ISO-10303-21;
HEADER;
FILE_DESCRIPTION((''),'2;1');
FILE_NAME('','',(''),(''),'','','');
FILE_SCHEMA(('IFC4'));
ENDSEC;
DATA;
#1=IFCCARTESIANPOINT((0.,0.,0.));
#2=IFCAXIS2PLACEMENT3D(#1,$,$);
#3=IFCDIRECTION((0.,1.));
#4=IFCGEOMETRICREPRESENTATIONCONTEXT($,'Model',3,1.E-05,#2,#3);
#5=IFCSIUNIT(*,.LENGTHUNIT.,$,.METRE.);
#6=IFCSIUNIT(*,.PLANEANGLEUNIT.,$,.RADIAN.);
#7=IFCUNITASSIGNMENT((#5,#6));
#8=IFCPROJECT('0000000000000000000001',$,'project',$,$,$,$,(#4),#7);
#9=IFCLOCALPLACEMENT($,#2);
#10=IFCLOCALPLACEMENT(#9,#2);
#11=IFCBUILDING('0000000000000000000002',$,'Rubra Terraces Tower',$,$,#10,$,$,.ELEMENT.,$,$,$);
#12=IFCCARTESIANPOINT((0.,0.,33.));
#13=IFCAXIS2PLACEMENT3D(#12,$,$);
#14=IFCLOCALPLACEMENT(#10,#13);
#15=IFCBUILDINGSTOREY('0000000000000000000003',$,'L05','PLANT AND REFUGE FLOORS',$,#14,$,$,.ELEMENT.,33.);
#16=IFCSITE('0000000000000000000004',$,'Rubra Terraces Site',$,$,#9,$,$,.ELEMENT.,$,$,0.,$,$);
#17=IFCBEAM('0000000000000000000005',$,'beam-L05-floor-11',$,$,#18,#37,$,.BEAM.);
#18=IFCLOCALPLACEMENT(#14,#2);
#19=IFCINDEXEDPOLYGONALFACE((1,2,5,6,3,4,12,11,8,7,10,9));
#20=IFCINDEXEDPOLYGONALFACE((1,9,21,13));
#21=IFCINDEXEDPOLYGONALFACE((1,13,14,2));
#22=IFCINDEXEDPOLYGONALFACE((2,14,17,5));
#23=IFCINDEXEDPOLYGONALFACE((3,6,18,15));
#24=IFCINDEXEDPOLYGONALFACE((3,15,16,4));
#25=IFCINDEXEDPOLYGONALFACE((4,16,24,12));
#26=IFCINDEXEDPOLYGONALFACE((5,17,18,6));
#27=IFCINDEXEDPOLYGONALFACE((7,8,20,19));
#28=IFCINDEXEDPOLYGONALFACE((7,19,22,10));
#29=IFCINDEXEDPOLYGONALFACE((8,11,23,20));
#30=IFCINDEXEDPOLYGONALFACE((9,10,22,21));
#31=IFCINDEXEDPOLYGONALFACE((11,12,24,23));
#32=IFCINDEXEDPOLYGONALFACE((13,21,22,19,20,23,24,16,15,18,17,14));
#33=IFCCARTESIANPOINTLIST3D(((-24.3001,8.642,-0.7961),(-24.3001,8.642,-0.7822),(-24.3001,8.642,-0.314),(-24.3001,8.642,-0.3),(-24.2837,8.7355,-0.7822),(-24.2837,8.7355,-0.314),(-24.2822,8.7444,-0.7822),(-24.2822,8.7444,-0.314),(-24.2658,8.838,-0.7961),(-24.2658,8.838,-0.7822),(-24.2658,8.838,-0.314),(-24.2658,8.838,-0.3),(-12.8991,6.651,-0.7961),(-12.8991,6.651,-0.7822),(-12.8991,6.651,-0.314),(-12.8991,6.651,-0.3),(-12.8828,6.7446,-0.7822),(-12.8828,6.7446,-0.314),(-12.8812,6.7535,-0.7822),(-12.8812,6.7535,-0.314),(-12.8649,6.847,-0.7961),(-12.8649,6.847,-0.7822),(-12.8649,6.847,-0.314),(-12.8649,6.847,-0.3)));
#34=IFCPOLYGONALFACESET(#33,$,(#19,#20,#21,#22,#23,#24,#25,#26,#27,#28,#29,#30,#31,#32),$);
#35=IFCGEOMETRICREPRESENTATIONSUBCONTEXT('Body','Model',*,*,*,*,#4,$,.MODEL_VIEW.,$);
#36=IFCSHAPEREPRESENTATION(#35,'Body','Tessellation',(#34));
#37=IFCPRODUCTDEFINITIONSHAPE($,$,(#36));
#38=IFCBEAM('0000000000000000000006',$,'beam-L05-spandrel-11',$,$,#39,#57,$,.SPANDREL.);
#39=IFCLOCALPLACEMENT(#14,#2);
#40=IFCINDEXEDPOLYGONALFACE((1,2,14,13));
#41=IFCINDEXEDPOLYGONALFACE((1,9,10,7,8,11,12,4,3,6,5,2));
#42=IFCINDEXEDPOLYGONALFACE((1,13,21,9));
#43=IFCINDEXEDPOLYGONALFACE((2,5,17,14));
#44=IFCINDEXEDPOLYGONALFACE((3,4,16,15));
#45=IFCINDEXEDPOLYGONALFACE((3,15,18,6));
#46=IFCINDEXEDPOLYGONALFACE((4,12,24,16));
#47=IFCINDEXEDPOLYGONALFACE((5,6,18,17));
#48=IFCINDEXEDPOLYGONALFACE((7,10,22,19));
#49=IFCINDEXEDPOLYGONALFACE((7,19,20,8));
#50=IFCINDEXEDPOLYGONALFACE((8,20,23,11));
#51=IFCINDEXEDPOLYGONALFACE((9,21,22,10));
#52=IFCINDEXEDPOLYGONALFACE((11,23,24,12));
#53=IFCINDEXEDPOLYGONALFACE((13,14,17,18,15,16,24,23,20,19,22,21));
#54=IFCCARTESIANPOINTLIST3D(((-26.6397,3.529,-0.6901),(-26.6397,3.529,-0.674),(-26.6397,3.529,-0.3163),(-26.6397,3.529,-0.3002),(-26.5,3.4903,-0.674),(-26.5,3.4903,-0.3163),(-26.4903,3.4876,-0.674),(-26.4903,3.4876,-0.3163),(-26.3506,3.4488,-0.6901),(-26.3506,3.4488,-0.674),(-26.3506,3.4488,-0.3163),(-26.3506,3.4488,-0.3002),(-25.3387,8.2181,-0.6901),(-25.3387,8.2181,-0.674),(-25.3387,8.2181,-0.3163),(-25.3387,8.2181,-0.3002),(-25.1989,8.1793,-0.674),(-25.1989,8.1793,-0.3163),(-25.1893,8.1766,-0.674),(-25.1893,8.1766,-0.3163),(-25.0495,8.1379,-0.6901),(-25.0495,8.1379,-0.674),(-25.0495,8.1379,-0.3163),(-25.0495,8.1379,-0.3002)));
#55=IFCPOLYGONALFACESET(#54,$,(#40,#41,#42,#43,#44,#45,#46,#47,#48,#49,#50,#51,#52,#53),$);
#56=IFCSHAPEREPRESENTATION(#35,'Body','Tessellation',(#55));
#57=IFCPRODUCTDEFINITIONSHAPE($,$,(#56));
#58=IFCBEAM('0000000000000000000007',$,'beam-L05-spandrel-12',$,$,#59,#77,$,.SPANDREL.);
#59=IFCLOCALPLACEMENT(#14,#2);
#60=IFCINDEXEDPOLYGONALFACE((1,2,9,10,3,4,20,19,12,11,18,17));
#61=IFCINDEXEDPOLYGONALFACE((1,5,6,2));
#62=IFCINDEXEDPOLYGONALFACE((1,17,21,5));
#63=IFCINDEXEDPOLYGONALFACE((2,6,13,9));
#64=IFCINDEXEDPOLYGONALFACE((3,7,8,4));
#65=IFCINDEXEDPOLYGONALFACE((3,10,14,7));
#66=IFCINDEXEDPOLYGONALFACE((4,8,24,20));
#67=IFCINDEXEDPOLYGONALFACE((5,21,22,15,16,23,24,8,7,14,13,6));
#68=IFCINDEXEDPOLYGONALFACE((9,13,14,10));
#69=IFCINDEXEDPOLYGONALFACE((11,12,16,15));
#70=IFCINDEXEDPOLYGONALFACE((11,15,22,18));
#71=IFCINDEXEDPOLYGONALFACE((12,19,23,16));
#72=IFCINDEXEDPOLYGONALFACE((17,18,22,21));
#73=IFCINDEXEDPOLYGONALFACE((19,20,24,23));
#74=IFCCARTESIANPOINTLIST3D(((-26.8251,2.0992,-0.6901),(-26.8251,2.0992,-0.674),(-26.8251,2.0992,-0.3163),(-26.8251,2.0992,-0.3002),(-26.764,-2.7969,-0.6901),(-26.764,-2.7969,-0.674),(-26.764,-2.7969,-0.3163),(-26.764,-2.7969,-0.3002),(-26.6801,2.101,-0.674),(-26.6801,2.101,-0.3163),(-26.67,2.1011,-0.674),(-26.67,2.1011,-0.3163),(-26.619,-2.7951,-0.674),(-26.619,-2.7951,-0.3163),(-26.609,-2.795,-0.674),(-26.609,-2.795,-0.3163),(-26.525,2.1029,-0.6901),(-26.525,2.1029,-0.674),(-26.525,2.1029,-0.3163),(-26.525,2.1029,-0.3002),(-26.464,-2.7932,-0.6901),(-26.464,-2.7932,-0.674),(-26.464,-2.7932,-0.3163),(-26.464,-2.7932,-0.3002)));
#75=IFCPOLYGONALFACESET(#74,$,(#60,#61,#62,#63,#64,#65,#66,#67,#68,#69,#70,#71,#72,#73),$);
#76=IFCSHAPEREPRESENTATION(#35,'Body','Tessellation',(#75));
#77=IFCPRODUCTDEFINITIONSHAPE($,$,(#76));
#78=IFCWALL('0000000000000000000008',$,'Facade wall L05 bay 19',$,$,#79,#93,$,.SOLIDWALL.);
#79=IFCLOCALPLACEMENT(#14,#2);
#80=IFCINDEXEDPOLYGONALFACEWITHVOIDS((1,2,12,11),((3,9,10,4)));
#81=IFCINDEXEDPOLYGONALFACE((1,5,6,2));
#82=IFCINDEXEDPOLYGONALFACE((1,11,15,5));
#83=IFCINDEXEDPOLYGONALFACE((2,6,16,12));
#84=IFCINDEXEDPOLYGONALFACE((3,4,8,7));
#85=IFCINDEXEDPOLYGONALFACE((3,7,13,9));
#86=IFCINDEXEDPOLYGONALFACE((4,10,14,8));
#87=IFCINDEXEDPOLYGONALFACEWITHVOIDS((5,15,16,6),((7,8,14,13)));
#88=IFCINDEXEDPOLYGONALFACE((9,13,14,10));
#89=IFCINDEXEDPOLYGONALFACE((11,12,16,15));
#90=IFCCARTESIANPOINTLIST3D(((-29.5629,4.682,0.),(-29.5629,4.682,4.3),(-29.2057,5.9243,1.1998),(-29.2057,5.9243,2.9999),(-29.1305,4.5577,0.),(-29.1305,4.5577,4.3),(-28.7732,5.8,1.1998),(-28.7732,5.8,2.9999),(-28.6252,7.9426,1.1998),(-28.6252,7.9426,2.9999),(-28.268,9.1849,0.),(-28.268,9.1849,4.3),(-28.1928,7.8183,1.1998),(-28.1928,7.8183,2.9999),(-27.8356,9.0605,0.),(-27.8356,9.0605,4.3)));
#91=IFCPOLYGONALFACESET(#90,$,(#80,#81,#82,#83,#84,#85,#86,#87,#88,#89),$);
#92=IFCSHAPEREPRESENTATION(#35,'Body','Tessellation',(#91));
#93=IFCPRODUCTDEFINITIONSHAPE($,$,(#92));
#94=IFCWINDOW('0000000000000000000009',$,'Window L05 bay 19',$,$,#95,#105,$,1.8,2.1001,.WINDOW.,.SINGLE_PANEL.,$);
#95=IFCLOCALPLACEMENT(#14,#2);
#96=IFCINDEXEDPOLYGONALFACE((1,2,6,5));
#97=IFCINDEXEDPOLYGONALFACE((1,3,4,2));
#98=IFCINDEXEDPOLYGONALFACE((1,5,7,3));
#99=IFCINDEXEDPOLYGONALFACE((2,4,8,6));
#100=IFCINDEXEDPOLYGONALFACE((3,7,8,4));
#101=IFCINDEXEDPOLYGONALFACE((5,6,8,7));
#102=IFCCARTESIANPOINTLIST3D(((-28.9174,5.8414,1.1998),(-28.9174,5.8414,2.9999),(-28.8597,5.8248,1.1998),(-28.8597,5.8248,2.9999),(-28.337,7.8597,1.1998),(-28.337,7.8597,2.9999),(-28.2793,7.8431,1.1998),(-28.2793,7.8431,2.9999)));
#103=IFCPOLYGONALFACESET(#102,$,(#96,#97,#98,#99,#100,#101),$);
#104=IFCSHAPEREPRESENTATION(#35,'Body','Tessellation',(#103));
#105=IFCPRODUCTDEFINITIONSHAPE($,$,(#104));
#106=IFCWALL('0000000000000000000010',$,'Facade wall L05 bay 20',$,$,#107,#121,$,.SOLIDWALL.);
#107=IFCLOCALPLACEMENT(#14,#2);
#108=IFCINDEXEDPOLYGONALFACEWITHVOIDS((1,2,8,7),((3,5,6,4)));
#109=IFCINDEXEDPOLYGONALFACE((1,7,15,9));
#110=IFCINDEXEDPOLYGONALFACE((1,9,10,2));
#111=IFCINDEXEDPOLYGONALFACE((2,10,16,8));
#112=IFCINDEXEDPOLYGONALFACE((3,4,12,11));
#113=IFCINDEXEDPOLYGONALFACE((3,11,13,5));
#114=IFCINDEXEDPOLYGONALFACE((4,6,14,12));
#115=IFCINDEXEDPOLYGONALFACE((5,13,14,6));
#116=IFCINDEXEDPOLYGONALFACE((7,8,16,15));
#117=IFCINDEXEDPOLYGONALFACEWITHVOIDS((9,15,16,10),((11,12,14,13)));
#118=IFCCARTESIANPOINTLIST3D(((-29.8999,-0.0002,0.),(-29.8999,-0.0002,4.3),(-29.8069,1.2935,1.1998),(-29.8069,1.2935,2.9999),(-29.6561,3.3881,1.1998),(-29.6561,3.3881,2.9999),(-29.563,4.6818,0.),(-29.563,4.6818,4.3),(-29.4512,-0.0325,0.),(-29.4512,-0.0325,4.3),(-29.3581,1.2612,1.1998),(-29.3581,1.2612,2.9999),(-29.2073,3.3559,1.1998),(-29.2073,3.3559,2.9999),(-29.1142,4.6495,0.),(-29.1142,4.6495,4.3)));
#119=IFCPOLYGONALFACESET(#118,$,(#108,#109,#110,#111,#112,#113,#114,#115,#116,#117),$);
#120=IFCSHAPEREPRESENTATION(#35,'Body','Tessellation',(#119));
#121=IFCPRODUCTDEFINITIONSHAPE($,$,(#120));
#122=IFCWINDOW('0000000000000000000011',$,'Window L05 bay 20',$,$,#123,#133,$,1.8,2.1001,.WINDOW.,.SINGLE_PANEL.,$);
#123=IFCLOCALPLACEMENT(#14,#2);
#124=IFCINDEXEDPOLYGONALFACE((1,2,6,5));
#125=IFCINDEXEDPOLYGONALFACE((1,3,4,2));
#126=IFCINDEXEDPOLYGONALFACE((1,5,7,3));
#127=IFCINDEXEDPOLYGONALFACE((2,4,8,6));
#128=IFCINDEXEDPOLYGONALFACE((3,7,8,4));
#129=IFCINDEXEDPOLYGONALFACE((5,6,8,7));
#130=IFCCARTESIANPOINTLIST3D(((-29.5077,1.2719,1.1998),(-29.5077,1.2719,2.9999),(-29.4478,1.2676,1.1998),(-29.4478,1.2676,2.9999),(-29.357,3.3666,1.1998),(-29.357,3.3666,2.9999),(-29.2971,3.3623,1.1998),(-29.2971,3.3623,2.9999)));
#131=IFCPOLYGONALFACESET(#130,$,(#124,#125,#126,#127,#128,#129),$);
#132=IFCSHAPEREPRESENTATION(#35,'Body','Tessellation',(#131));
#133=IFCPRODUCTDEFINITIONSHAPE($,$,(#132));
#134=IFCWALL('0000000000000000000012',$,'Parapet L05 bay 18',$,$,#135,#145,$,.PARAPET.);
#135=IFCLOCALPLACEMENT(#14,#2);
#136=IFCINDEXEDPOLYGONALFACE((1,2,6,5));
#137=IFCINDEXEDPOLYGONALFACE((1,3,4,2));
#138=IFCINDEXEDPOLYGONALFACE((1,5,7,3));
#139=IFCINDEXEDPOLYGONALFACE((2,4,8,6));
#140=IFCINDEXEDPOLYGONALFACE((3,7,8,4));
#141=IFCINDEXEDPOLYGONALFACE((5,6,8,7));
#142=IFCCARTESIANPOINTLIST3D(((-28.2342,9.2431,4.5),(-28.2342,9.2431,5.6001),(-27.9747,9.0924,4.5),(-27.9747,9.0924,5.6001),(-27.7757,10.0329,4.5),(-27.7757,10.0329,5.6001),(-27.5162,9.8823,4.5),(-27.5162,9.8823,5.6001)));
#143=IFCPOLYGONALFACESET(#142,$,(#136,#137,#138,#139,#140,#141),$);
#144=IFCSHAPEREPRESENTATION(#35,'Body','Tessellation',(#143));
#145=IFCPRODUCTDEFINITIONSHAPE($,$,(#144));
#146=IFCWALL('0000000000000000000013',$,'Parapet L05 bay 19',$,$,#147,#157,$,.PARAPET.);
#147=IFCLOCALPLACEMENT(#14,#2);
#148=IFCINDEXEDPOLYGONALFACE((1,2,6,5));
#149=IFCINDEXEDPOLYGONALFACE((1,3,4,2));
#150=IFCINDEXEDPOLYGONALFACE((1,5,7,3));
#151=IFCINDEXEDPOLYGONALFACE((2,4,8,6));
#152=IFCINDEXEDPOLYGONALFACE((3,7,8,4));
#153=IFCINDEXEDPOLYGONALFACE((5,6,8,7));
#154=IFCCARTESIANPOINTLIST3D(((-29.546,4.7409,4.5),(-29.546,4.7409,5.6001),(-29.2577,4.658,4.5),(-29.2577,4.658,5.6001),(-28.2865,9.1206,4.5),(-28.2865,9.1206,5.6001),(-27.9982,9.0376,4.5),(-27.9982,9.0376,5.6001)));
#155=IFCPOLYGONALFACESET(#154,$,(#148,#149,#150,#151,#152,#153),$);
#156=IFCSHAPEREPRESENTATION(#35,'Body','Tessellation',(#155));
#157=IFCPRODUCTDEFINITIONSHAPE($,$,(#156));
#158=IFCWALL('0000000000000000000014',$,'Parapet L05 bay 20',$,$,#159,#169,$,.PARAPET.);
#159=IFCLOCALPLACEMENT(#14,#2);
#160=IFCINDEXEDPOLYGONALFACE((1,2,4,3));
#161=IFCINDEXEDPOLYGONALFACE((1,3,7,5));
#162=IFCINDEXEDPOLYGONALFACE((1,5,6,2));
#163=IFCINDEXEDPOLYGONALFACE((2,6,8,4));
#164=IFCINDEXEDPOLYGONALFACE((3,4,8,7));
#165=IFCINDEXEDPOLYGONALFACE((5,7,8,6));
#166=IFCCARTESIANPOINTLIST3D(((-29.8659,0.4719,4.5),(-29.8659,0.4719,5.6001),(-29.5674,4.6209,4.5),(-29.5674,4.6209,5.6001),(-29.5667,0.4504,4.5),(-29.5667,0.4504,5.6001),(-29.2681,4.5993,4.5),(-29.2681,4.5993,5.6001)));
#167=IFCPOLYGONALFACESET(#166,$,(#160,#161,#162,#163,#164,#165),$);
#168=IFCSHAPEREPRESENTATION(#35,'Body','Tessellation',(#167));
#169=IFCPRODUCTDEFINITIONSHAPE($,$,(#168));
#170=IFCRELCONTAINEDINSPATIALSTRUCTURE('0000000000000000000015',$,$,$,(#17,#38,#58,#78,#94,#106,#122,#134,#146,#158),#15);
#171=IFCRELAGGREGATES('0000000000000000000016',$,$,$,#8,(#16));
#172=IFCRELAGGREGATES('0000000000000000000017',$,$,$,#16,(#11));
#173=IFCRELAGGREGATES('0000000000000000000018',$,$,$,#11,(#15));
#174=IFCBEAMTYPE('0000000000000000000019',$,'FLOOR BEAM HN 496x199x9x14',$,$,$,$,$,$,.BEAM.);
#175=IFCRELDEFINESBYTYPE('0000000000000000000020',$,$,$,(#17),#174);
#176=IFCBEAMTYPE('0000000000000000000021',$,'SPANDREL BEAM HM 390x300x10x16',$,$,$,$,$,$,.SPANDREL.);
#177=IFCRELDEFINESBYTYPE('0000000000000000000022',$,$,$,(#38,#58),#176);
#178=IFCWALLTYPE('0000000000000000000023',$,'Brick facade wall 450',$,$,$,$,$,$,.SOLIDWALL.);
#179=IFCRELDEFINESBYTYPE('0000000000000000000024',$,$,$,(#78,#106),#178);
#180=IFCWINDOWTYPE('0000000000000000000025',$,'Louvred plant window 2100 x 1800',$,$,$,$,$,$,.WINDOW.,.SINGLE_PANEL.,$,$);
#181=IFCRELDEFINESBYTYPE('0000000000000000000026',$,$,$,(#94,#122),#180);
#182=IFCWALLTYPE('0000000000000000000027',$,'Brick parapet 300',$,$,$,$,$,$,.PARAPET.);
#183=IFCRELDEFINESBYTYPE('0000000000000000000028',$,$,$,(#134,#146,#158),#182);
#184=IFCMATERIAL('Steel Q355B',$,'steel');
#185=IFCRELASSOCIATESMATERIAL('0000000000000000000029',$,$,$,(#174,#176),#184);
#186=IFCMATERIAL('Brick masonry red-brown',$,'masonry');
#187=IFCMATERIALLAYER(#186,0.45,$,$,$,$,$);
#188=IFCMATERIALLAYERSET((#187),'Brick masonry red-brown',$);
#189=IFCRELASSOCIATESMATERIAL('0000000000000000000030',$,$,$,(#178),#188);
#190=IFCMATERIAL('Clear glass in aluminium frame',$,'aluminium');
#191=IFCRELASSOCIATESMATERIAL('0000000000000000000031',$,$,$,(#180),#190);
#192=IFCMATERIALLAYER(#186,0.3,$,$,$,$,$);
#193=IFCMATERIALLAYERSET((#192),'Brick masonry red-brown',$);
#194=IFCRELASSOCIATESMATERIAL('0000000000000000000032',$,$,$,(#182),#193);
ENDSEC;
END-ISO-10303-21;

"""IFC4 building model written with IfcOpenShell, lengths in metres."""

from ifc_helpers import new_model, si_unit, direction, frame, frame_2d, origin, origin_2d, place, context, subcontext, project, spatial, rectangle, i_section, extrude, material, layer, layer_set, material_profile, profile_set, type_object, element, fill, save


model = new_model("IFC4")

# Units and contexts
model_context = context("Model", 3, precision=1e-05, world=origin(), true_north=direction((0.0, 1.0)))
body_context = subcontext(model_context, "Body", "Model", "MODEL_VIEW")
ifc_project = project(units=[si_unit("LENGTHUNIT", "METRE"), si_unit("PLANEANGLEUNIT", "RADIAN")], contexts=[model_context])

# Site, building, storey
site_placement = place(None, origin())
site = spatial("IfcSite", under=ifc_project, at=site_placement, Name="Rubra Terraces Site", CompositionType="ELEMENT", RefElevation=0.0)
building_placement = place(site_placement, origin())
building = spatial("IfcBuilding", under=site, at=building_placement, Name="Rubra Terraces Tower", CompositionType="ELEMENT")
storey_placement = place(building_placement, frame((0.0, 0.0, 33.0)))
storey = spatial("IfcBuildingStorey", under=building, at=storey_placement, Name="L05", Description="PLANT AND REFUGE FLOORS", CompositionType="ELEMENT", Elevation=33.0)

# Shared definitions
ifc_material_1 = material(Name="Steel Q355B", Category="steel")

# Beams
ifc_material_profile_1 = material_profile(ifc_material_1, i_section(OverallWidth=0.199, OverallDepth=0.4961, WebThickness=0.009, FlangeThickness=0.0139, at=origin_2d()), Name="HN 496x199x9x14")
ifc_profile_set_1 = profile_set([ifc_material_profile_1], Name="Steel Q355B")
beam_type_1 = type_object("IfcBeamType", Name="FLOOR BEAM HN 496x199x9x14", PredefinedType="BEAM", material=ifc_profile_set_1)
beam_1_placement = place(storey_placement, frame((-24.283, 8.74, -0.5481), z_axis=(0.985092, -0.172029, 0.0), x_axis=(0.172029, 0.985092, 0.0)))
element("IfcBeam", 1, at=beam_1_placement, inside=storey, type_object=beam_type_1, Name="beam-L05-floor-11", PredefinedType="BEAM", context=body_context, shape_type="SweptSolid", body=[
    extrude(i_section(OverallWidth=0.199, OverallDepth=0.4961, WebThickness=0.009, FlangeThickness=0.0139, at=origin_2d()), origin(), (0.0, 0.0, 1.0), 11.5735),
])
ifc_material_profile_2 = material_profile(ifc_material_1, i_section(OverallWidth=0.3, OverallDepth=0.3899, WebThickness=0.01, FlangeThickness=0.0161, at=origin_2d()), Name="HM 390x300x10x16")
ifc_profile_set_2 = profile_set([ifc_material_profile_2], Name="Steel Q355B")
beam_type_2 = type_object("IfcBeamType", Name="SPANDREL BEAM HM 390x300x10x16", PredefinedType="SPANDREL", material=ifc_profile_set_2)
beam_2_placement = place(storey_placement, frame((-25.1941, 8.178, -0.4951), z_axis=(-0.267364, -0.963595, 0.0), x_axis=(0.963595, -0.267364, 0.0)))
element("IfcBeam", 2, at=beam_2_placement, inside=storey, type_object=beam_type_2, Name="beam-L05-spandrel-11", PredefinedType="SPANDREL", context=body_context, shape_type="SweptSolid", body=[
    extrude(i_section(OverallWidth=0.3, OverallDepth=0.3899, WebThickness=0.01, FlangeThickness=0.0161, at=origin_2d()), origin(), (0.0, 0.0, 1.0), 4.8662),
])
beam_3_placement = place(storey_placement, frame((-26.675, 2.1011, -0.4951), z_axis=(0.012465, -0.999922, 0.0), x_axis=(0.999922, 0.012465, 0.0)))
element("IfcBeam", 3, at=beam_3_placement, inside=storey, type_object=beam_type_2, Name="beam-L05-spandrel-12", PredefinedType="SPANDREL", context=body_context, shape_type="SweptSolid", body=[
    extrude(i_section(OverallWidth=0.3, OverallDepth=0.3899, WebThickness=0.01, FlangeThickness=0.0161, at=origin_2d()), origin(), (0.0, 0.0, 1.0), 4.8965),
])

# Walls, openings, windows
ifc_material_2 = material(Name="Brick masonry red-brown", Category="masonry")
ifc_layer_1 = layer(ifc_material_2, 0.45)
ifc_layer_set_1 = layer_set([ifc_layer_1], Name="Brick masonry red-brown")
wall_type_1 = type_object("IfcWallType", Name="Brick facade wall 450", PredefinedType="SOLIDWALL", material=ifc_layer_set_1)
wall_1_placement = place(storey_placement, frame((-28.0518, 9.1228, 0.0), z_axis=(0.0, 0.0, 1.0), x_axis=(-0.276372, -0.961051, 0.0)))
wall_1 = element("IfcWall", 4, at=wall_1_placement, inside=storey, type_object=wall_type_1, Name="Facade wall L05 bay 19", PredefinedType="SOLIDWALL", context=body_context, shape_type="SweptSolid", body=[
    extrude(rectangle(XDim=4.6853, YDim=0.45, at=frame_2d((2.3428, 0.0))), origin(), (0.0, 0.0, 1.0), 4.3),
])
opening_1_placement = place(wall_1_placement, frame((1.2927, 0.0, 1.2)))
opening_1 = element("IfcOpeningElement", 5, at=opening_1_placement, cuts=wall_1, PredefinedType="OPENING", context=body_context, shape_type="SweptSolid", body=[
    extrude(rectangle(XDim=2.1001, YDim=1.8, at=frame_2d((1.05, 0.8999))), frame((0.0, 0.2349, 0.0), z_axis=(0.0, -1.0, 0.0), x_axis=(1.0, 0.0, 0.0)), (0.0, 0.0, 1.0), 0.47),
])
ifc_material_3 = material(Name="Clear glass in aluminium frame", Category="aluminium")
window_type = type_object("IfcWindowType", Name="Louvred plant window 2100 x 1800", PartitioningType="SINGLE_PANEL", PredefinedType="WINDOW", material=ifc_material_3)
window_1_placement = place(opening_1_placement, origin())
window_1 = element("IfcWindow", 6, at=window_1_placement, inside=storey, type_object=window_type, Name="Window L05 bay 19", OverallHeight=1.8, OverallWidth=2.1001, PartitioningType="SINGLE_PANEL", PredefinedType="WINDOW", context=body_context, shape_type="SweptSolid", body=[
    extrude(rectangle(XDim=2.1001, YDim=1.8, at=frame_2d((1.05, 0.8999))), frame((0.0, 0.135, 0.0), z_axis=(0.0, -1.0, 0.0), x_axis=(1.0, 0.0, 0.0)), (0.0, 0.0, 1.0), 0.0601),
])
fill(opening_1, window_1)
wall_2_placement = place(storey_placement, frame((-29.3386, 4.6658, 0.0), z_axis=(0.0, 0.0, 1.0), x_axis=(-0.071776, -0.997421, 0.0)))
wall_2 = element("IfcWall", 7, at=wall_2_placement, inside=storey, type_object=wall_type_1, Name="Facade wall L05 bay 20", PredefinedType="SOLIDWALL", context=body_context, shape_type="SweptSolid", body=[
    extrude(rectangle(XDim=4.6941, YDim=0.45, at=frame_2d((2.3472, 0.0))), origin(), (0.0, 0.0, 1.0), 4.3),
])
opening_2_placement = place(wall_2_placement, frame((1.2971, 0.0, 1.2)))
opening_2 = element("IfcOpeningElement", 8, at=opening_2_placement, cuts=wall_2, PredefinedType="OPENING", context=body_context, shape_type="SweptSolid", body=[
    extrude(rectangle(XDim=2.1001, YDim=1.8, at=frame_2d((1.05, 0.8999))), frame((0.0, 0.2349, 0.0), z_axis=(0.0, -1.0, 0.0), x_axis=(1.0, 0.0, 0.0)), (0.0, 0.0, 1.0), 0.47),
])
window_2_placement = place(opening_2_placement, origin())
window_2 = element("IfcWindow", 9, at=window_2_placement, inside=storey, type_object=window_type, Name="Window L05 bay 20", OverallHeight=1.8, OverallWidth=2.1001, PartitioningType="SINGLE_PANEL", PredefinedType="WINDOW", context=body_context, shape_type="SweptSolid", body=[
    extrude(rectangle(XDim=2.1001, YDim=1.8, at=frame_2d((1.05, 0.8999))), frame((0.0, 0.135, 0.0), z_axis=(0.0, -1.0, 0.0), x_axis=(1.0, 0.0, 0.0)), (0.0, 0.0, 1.0), 0.0601),
])
fill(opening_2, window_2)

# Walls
ifc_layer_2 = layer(ifc_material_2, 0.3)
ifc_layer_set_2 = layer_set([ifc_layer_2], Name="Brick masonry red-brown")
wall_type_2 = type_object("IfcWallType", Name="Brick parapet 300", PredefinedType="PARAPET", material=ifc_layer_set_2)
wall_3_placement = place(storey_placement, frame((-27.646, 9.9575, 4.5), z_axis=(0.0, 0.0, 1.0), x_axis=(-0.502058, -0.864834, 0.0)))
element("IfcWall", 10, at=wall_3_placement, inside=storey, type_object=wall_type_2, Name="Parapet L05 bay 18", PredefinedType="PARAPET", context=body_context, shape_type="SweptSolid", body=[
    extrude(rectangle(XDim=0.9133, YDim=0.3, at=frame_2d((0.4565, 0.0))), origin(), (0.0, 0.0, 1.0), 1.1001),
])
wall_4_placement = place(storey_placement, frame((-28.1423, 9.0791, 4.5), z_axis=(0.0, 0.0, 1.0), x_axis=(-0.276384, -0.961047, 0.0)))
element("IfcWall", 11, at=wall_4_placement, inside=storey, type_object=wall_type_2, Name="Parapet L05 bay 19", PredefinedType="PARAPET", context=body_context, shape_type="SweptSolid", body=[
    extrude(rectangle(XDim=4.5571, YDim=0.3, at=frame_2d((2.2786, 0.0))), origin(), (0.0, 0.0, 1.0), 1.1001),
])
wall_5_placement = place(storey_placement, frame((-29.4177, 4.6101, 4.5), z_axis=(0.0, 0.0, 1.0), x_axis=(-0.071781, -0.99742, 0.0)))
element("IfcWall", 12, at=wall_5_placement, inside=storey, type_object=wall_type_2, Name="Parapet L05 bay 20", PredefinedType="PARAPET", context=body_context, shape_type="SweptSolid", body=[
    extrude(rectangle(XDim=4.1597, YDim=0.3, at=frame_2d((2.0798, 0.0))), origin(), (0.0, 0.0, 1.0), 1.1001),
])

save(model, "model.ifc")
